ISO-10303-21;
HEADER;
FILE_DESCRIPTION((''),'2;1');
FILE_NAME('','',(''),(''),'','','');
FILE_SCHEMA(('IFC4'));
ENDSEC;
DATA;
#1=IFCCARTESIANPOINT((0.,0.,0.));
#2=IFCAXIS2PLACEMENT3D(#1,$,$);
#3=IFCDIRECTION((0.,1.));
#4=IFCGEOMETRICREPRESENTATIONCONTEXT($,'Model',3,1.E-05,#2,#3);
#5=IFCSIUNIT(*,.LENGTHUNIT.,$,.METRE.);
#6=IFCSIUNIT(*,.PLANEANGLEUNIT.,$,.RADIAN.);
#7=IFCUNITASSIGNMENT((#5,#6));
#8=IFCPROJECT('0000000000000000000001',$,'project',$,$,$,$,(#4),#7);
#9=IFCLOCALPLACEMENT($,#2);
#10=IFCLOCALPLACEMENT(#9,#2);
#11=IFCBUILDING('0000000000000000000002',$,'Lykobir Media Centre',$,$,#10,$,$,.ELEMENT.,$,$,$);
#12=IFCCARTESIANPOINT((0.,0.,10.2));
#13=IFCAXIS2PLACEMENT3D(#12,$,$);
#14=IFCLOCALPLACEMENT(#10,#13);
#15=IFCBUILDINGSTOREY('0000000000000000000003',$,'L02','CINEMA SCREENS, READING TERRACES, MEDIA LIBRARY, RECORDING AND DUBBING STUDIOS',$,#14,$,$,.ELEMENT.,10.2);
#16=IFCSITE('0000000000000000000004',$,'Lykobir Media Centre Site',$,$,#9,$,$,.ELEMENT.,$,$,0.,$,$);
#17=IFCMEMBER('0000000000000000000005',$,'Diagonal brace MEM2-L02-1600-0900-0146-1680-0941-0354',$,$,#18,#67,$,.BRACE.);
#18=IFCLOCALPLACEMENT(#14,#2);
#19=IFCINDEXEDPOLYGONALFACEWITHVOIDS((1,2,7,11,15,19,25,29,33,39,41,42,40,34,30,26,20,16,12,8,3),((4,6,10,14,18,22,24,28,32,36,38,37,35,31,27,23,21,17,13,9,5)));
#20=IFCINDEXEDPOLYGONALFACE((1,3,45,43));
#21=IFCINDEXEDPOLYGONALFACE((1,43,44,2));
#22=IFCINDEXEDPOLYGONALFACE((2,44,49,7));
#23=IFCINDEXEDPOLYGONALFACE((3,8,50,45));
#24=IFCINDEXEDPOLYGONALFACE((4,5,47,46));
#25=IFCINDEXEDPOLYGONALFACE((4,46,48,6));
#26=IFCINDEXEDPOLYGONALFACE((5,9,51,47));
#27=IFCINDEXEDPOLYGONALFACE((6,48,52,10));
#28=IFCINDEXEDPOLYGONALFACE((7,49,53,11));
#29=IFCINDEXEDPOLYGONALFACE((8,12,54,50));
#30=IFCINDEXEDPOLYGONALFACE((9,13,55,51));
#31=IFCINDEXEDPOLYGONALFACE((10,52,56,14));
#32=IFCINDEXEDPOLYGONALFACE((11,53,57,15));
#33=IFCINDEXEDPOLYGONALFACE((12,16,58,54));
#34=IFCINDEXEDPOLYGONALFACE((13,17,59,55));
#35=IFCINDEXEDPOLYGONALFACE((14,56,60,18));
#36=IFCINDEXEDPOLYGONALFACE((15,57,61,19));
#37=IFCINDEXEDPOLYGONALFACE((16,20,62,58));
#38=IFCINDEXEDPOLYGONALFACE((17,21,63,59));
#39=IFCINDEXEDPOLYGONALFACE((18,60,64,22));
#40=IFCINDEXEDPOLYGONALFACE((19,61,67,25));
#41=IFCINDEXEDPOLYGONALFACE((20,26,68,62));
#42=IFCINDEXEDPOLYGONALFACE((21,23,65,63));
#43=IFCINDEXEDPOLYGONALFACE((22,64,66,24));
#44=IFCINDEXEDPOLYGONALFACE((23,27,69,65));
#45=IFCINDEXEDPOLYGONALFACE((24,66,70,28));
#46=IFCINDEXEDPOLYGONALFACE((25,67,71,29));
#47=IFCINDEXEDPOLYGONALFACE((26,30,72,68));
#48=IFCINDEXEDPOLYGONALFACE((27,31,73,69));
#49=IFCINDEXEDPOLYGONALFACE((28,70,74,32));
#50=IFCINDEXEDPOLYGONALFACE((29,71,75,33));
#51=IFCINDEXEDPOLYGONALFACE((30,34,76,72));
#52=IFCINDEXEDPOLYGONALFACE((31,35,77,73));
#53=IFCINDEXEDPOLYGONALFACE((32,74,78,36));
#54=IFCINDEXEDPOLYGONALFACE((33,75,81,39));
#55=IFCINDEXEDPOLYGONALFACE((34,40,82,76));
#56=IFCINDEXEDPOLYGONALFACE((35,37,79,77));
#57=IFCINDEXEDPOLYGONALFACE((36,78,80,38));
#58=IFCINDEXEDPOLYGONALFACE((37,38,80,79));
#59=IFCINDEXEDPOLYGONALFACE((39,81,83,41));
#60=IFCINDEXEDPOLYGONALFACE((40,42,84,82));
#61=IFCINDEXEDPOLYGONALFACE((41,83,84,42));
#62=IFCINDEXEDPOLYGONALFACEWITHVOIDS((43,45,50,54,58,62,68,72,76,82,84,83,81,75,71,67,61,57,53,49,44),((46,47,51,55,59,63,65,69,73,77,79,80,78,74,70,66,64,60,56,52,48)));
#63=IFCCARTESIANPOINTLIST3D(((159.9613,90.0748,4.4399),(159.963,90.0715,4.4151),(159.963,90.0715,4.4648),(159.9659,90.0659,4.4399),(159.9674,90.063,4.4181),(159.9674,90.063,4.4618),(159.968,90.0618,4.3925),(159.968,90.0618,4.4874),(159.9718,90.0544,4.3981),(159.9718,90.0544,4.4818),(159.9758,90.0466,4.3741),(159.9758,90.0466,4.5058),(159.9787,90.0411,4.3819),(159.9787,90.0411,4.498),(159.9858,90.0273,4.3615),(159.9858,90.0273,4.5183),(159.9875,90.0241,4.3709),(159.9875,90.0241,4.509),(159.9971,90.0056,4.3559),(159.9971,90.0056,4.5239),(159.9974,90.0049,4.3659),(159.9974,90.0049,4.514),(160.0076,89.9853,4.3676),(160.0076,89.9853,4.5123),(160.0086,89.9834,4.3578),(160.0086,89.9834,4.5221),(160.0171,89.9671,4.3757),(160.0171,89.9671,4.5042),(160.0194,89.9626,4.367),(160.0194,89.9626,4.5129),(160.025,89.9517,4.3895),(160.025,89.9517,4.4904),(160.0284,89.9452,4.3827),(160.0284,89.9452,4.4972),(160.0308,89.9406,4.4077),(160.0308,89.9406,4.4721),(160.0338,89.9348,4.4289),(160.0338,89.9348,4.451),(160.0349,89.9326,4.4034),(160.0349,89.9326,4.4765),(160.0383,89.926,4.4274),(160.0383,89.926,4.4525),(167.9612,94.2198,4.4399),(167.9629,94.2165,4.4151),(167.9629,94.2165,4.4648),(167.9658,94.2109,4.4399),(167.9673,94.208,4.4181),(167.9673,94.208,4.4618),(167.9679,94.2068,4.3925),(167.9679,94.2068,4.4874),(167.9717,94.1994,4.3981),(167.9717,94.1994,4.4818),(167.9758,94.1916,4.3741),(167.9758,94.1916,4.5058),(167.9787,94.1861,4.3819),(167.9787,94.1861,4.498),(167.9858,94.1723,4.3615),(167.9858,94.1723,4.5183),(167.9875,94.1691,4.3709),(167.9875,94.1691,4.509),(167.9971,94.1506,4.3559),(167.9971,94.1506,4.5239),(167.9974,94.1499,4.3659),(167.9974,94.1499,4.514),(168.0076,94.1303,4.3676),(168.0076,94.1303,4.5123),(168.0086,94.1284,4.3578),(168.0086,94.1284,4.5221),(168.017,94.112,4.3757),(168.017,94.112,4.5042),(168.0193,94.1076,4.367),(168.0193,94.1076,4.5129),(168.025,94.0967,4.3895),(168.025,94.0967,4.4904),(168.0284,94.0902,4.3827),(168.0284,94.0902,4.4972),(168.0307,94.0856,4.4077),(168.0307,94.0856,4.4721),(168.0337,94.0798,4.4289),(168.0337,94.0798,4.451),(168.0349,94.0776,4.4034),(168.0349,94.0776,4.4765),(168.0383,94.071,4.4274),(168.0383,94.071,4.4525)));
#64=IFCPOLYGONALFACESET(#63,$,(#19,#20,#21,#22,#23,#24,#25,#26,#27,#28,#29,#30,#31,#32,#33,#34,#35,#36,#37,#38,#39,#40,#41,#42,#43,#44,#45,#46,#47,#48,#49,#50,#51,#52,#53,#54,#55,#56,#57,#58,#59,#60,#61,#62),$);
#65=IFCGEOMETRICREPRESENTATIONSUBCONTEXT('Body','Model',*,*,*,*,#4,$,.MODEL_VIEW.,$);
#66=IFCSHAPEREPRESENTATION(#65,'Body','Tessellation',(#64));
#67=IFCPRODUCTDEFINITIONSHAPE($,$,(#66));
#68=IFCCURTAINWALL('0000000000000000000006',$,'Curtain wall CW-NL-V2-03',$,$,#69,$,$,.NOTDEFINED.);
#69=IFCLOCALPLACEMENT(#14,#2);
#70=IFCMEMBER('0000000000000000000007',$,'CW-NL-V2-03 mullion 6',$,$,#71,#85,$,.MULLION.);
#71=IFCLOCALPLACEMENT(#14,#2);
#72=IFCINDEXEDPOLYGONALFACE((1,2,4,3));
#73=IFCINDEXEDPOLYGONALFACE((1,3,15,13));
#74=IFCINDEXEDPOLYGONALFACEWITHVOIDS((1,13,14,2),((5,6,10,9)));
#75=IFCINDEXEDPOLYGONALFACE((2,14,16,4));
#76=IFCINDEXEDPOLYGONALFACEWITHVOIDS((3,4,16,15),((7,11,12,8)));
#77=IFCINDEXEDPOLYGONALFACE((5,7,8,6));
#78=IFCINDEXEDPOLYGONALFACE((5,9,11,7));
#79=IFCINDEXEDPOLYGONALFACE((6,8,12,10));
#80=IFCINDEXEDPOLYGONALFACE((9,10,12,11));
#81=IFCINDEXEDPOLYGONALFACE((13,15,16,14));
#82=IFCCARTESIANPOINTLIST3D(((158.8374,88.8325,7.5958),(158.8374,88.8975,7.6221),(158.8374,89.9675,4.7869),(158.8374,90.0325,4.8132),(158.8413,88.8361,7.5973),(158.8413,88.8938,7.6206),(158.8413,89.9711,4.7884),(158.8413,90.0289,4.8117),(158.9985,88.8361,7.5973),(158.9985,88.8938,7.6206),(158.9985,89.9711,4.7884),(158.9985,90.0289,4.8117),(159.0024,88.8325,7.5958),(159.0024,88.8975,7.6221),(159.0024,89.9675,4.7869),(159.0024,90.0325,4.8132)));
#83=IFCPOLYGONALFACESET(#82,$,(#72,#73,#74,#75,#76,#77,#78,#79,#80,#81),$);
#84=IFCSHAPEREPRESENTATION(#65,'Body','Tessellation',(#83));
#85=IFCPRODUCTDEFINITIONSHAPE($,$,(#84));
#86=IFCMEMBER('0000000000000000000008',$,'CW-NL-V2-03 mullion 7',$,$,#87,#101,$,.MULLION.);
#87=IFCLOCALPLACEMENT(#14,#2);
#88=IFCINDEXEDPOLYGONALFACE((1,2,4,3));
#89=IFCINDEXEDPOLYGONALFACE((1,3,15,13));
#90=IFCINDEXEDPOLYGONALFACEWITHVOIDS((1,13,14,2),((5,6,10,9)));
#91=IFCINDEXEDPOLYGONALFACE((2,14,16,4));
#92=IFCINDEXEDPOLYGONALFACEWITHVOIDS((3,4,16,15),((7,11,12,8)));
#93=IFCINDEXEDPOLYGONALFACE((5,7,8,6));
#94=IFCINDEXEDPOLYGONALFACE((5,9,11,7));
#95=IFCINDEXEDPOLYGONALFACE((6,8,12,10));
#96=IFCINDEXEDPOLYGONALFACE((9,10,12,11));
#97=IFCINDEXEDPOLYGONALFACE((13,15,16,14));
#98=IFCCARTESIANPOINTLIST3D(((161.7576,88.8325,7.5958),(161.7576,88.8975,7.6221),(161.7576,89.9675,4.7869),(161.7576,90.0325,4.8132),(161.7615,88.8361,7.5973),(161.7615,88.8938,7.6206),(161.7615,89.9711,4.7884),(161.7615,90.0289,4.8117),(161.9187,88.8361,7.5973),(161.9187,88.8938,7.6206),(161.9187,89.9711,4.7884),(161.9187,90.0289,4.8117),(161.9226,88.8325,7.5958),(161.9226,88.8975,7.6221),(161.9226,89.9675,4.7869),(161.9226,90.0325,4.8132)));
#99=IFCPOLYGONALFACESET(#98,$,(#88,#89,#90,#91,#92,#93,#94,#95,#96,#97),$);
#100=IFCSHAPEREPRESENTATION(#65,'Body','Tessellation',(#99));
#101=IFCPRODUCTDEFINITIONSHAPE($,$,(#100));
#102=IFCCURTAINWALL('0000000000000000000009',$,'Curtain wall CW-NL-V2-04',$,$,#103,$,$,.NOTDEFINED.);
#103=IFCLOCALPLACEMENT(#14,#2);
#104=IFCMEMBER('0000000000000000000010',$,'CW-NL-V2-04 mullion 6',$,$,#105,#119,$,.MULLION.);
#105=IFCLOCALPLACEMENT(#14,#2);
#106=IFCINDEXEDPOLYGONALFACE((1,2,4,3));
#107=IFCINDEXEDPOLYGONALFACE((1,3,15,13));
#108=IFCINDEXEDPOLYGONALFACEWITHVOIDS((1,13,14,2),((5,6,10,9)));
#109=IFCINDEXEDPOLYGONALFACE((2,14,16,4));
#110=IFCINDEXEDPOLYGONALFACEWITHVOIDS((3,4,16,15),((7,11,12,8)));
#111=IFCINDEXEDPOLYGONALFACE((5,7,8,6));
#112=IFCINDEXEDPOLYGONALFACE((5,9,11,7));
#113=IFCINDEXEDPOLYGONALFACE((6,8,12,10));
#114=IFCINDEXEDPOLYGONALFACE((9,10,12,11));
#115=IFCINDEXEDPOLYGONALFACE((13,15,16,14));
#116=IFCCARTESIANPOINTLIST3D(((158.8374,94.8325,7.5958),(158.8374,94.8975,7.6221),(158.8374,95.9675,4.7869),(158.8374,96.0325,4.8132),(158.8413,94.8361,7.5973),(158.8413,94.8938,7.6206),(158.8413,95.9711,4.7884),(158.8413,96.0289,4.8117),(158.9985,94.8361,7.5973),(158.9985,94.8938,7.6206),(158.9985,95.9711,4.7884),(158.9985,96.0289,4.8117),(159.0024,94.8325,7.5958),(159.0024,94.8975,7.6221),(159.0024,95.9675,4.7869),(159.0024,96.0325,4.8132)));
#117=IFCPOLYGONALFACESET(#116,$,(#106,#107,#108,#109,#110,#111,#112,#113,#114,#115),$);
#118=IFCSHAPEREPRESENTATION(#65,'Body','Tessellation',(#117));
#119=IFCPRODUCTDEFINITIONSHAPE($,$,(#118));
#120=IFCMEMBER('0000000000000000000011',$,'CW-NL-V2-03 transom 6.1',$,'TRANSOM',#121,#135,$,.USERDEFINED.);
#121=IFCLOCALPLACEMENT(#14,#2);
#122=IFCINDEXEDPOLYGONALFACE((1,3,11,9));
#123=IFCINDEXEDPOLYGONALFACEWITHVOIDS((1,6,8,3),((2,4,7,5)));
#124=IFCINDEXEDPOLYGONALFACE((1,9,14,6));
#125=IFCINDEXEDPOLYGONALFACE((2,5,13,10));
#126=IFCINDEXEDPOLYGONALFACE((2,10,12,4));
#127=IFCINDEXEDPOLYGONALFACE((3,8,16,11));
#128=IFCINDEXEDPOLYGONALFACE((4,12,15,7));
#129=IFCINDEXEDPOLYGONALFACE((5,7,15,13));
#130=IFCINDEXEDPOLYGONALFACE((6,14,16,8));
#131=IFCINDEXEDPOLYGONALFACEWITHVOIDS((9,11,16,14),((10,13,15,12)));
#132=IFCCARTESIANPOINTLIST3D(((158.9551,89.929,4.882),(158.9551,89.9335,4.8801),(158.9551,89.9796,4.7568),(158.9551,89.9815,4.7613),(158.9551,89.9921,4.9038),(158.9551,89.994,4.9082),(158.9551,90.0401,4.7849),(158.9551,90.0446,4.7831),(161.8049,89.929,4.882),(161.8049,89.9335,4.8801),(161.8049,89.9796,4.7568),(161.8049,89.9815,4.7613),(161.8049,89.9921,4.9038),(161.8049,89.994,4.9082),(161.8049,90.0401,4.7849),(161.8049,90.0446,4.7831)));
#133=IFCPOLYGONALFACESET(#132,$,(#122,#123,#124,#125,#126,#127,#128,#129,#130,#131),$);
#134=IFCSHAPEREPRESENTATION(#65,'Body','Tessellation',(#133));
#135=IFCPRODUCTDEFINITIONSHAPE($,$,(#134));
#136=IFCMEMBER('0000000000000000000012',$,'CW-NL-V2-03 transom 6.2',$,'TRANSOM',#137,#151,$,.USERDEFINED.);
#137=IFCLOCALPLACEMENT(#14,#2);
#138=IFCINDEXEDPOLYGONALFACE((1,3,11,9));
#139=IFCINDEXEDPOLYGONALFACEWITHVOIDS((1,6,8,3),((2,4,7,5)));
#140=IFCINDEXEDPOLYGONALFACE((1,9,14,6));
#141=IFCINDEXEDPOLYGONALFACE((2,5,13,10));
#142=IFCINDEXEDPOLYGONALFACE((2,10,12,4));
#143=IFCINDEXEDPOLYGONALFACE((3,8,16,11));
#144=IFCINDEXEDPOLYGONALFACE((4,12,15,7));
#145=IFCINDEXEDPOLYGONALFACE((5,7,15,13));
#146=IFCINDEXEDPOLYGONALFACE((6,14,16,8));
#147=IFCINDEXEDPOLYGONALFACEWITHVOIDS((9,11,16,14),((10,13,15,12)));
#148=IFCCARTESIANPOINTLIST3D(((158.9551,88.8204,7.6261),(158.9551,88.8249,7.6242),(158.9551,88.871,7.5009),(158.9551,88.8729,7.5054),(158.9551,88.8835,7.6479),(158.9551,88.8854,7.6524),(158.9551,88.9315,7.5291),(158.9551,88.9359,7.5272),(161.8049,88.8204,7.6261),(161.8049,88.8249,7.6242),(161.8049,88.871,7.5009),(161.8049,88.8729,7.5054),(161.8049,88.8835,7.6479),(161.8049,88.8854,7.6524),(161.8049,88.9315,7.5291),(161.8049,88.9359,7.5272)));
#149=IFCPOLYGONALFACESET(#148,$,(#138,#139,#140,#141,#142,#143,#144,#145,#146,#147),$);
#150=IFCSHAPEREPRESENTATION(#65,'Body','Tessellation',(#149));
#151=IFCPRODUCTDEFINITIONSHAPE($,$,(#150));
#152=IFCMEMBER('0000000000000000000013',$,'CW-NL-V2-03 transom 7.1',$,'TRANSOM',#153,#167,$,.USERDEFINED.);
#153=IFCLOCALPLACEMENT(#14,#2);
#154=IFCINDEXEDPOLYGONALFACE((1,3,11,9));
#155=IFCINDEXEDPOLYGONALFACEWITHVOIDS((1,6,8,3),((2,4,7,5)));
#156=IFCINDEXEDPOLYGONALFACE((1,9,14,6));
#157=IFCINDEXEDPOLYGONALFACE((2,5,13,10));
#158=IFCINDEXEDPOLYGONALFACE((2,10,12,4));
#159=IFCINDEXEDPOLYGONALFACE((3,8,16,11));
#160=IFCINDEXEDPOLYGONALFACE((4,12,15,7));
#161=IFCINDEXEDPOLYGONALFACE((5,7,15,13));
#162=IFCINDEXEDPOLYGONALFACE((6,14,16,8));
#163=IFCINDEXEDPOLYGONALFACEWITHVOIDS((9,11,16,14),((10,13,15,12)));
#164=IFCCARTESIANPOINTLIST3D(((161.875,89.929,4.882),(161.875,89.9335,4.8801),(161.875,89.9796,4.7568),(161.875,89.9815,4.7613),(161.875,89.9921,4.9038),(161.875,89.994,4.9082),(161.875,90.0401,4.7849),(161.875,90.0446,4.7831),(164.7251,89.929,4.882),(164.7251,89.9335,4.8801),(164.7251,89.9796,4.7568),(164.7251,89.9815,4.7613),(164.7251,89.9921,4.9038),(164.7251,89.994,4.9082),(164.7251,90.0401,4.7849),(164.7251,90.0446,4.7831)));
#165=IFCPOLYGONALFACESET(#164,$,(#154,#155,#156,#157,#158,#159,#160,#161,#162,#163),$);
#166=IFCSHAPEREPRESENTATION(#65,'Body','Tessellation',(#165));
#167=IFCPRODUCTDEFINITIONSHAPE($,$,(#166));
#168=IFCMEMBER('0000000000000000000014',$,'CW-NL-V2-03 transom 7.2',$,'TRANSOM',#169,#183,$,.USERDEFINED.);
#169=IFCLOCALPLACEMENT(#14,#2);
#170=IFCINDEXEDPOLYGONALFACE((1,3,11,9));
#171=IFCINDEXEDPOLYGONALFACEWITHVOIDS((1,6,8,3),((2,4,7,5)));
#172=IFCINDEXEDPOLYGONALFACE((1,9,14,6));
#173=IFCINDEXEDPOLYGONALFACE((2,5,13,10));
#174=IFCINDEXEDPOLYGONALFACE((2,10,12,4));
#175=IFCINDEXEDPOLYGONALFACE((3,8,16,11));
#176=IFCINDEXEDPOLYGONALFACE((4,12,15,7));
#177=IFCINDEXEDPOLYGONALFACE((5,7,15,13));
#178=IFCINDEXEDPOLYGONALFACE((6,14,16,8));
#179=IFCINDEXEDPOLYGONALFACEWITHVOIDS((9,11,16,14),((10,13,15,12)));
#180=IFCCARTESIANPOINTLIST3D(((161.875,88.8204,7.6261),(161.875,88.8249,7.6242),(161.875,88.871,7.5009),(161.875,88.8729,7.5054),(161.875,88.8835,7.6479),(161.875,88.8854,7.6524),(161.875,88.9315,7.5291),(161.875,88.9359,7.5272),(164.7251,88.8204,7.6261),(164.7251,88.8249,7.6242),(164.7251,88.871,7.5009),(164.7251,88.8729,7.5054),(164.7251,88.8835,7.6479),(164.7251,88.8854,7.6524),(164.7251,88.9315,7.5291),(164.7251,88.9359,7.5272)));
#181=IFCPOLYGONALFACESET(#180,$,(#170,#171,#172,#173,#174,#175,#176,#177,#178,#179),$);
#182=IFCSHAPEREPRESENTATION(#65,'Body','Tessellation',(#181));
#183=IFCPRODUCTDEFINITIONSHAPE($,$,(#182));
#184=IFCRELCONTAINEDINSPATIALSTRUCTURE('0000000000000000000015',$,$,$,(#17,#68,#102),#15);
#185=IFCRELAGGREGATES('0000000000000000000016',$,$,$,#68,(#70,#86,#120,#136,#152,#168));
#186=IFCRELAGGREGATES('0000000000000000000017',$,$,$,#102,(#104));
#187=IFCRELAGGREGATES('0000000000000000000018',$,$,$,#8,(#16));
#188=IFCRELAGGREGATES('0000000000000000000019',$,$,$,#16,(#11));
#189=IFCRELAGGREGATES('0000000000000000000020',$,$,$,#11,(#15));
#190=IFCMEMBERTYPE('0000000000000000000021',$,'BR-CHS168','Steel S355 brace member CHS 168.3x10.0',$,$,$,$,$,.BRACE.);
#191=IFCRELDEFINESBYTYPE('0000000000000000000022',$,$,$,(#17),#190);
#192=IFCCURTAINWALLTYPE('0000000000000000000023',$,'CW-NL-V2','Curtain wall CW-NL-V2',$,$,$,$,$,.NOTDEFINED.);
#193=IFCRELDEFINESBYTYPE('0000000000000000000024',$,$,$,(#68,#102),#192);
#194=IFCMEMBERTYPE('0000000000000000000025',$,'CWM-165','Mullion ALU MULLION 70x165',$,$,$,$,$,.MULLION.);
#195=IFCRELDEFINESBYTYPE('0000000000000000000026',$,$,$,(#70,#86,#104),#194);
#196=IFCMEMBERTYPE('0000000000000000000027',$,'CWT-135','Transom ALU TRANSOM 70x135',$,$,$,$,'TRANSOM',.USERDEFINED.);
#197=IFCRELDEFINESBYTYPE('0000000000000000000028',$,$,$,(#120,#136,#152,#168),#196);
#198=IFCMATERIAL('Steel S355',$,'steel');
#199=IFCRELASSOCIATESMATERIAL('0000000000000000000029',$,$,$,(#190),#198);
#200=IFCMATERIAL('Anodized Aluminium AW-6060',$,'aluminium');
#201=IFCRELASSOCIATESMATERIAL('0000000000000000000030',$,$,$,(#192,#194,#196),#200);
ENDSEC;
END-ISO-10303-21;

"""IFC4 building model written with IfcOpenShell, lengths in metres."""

from ifc_helpers import new_model, si_unit, direction, frame, origin, origin_2d, place, context, subcontext, project, spatial, hollow_rectangle, hollow_circle, extrude, material, material_profile, profile_set, type_object, element, aggregate, save


model = new_model("IFC4")

# Units and contexts
model_context = context("Model", 3, precision=1e-05, world=origin(), true_north=direction((0.0, 1.0)))
body_context = subcontext(model_context, "Body", "Model", "MODEL_VIEW")
ifc_project = project(units=[si_unit("LENGTHUNIT", "METRE"), si_unit("PLANEANGLEUNIT", "RADIAN")], contexts=[model_context])

# Site, building, storey
site_placement = place(None, origin())
site = spatial("IfcSite", under=ifc_project, at=site_placement, Name="Lykobir Media Centre Site", CompositionType="ELEMENT", RefElevation=0.0)
building_placement = place(site_placement, origin())
building = spatial("IfcBuilding", under=site, at=building_placement, Name="Lykobir Media Centre", CompositionType="ELEMENT")
storey_placement = place(building_placement, frame((0.0, 0.0, 10.2)))
storey = spatial("IfcBuildingStorey", under=building, at=storey_placement, Name="L02", Description="CINEMA SCREENS, READING TERRACES, MEDIA LIBRARY, RECORDING AND DUBBING STUDIOS", CompositionType="ELEMENT", Elevation=10.2)

# Member
ifc_material_1 = material(Name="Steel S355", Category="steel")
ifc_material_profile_1 = material_profile(ifc_material_1, hollow_circle(Radius=0.0842, WallThickness=0.01, at=origin_2d()), Name="CHS 168.3x10.0")
ifc_profile_set_1 = profile_set([ifc_material_profile_1], Name="Steel S355")
member_type_1 = type_object("IfcMemberType", Name="BR-CHS168", Description="Steel S355 brace member CHS 168.3x10.0", PredefinedType="BRACE", material=ifc_profile_set_1)
member_1_placement = place(storey_placement, frame((160.0, 90.0, 4.4399), z_axis=(0.887896, 0.460043, 0.0), x_axis=(-0.460043, 0.887896, 0.0)))
element("IfcMember", 1, at=member_1_placement, inside=storey, type_object=member_type_1, Name="Diagonal brace MEM2-L02-1600-0900-0146-1680-0941-0354", PredefinedType="BRACE", context=body_context, shape_type="SweptSolid", body=[
    extrude(hollow_circle(Radius=0.0842, WallThickness=0.01, at=origin_2d()), origin(), (0.0, 0.0, 1.0), 9.01),
])

# Curtain wall, members
ifc_material_2 = material(Name="Anodized Aluminium AW-6060", Category="aluminium")
curtain_wall_type = type_object("IfcCurtainWallType", Name="CW-NL-V2", Description="Curtain wall CW-NL-V2", PredefinedType="NOTDEFINED", material=ifc_material_2)
curtain_wall_1_placement = place(storey_placement, origin())
curtain_wall_1 = element("IfcCurtainWall", 2, at=curtain_wall_1_placement, inside=storey, type_object=curtain_wall_type, Name="Curtain wall CW-NL-V2-03", PredefinedType="NOTDEFINED")
ifc_material_profile_2 = material_profile(ifc_material_2, hollow_rectangle(XDim=0.0701, YDim=0.165, WallThickness=0.0039, at=origin_2d()), Name="ALU MULLION 70x165")
ifc_profile_set_2 = profile_set([ifc_material_profile_2], Name="Anodized Aluminium AW-6060")
member_type_2 = type_object("IfcMemberType", Name="CWM-165", Description="Mullion ALU MULLION 70x165", PredefinedType="MULLION", material=ifc_profile_set_2)
member_2_placement = place(storey_placement, frame((158.9199, 90.0, 4.8), z_axis=(0.0, -0.374654, 0.927165), x_axis=(0.0, 0.927165, 0.374654)))
member_2 = element("IfcMember", 3, at=member_2_placement, type_object=member_type_2, Name="CW-NL-V2-03 mullion 6", PredefinedType="MULLION", context=body_context, shape_type="SweptSolid", body=[
    extrude(hollow_rectangle(XDim=0.0701, YDim=0.165, WallThickness=0.0039, at=origin_2d()), origin(), (0.0, 0.0, 1.0), 3.0295),
])
member_3_placement = place(storey_placement, frame((161.8401, 90.0, 4.8), z_axis=(0.0, -0.374654, 0.927165), x_axis=(0.0, 0.927165, 0.374654)))
member_3 = element("IfcMember", 4, at=member_3_placement, type_object=member_type_2, Name="CW-NL-V2-03 mullion 7", PredefinedType="MULLION", context=body_context, shape_type="SweptSolid", body=[
    extrude(hollow_rectangle(XDim=0.0701, YDim=0.165, WallThickness=0.0039, at=origin_2d()), origin(), (0.0, 0.0, 1.0), 3.0295),
])

# Curtain wall, member
curtain_wall_2_placement = place(storey_placement, origin())
curtain_wall_2 = element("IfcCurtainWall", 5, at=curtain_wall_2_placement, inside=storey, type_object=curtain_wall_type, Name="Curtain wall CW-NL-V2-04", PredefinedType="NOTDEFINED")
member_4_placement = place(storey_placement, frame((158.9199, 96.0, 4.8), z_axis=(0.0, -0.374654, 0.927165), x_axis=(0.0, 0.927165, 0.374654)))
member_4 = element("IfcMember", 6, at=member_4_placement, type_object=member_type_2, Name="CW-NL-V2-04 mullion 6", PredefinedType="MULLION", context=body_context, shape_type="SweptSolid", body=[
    extrude(hollow_rectangle(XDim=0.0701, YDim=0.165, WallThickness=0.0039, at=origin_2d()), origin(), (0.0, 0.0, 1.0), 3.0295),
])

# Members
ifc_material_profile_3 = material_profile(ifc_material_2, hollow_rectangle(XDim=0.0701, YDim=0.135, WallThickness=0.0034, at=origin_2d()), Name="ALU TRANSOM 70x135")
ifc_profile_set_3 = profile_set([ifc_material_profile_3], Name="Anodized Aluminium AW-6060")
member_type_3 = type_object("IfcMemberType", Name="CWT-135", Description="Transom ALU TRANSOM 70x135", ElementType="TRANSOM", PredefinedType="USERDEFINED", material=ifc_profile_set_3)
member_5_placement = place(storey_placement, frame((158.9551, 89.9868, 4.8325), z_axis=(1.0, 0.0, 0.0), x_axis=(0.0, 0.927184, 0.374607)))
member_5 = element("IfcMember", 7, at=member_5_placement, type_object=member_type_3, Name="CW-NL-V2-03 transom 6.1", ObjectType="TRANSOM", PredefinedType="USERDEFINED", context=body_context, shape_type="SweptSolid", body=[
    extrude(hollow_rectangle(XDim=0.0701, YDim=0.135, WallThickness=0.0034, at=origin_2d()), origin(), (0.0, 0.0, 1.0), 2.8499),
])
member_6_placement = place(storey_placement, frame((158.9551, 88.8782, 7.5767), z_axis=(1.0, 0.0, 0.0), x_axis=(0.0, 0.927184, 0.374607)))
member_6 = element("IfcMember", 8, at=member_6_placement, type_object=member_type_3, Name="CW-NL-V2-03 transom 6.2", ObjectType="TRANSOM", PredefinedType="USERDEFINED", context=body_context, shape_type="SweptSolid", body=[
    extrude(hollow_rectangle(XDim=0.0701, YDim=0.135, WallThickness=0.0034, at=origin_2d()), origin(), (0.0, 0.0, 1.0), 2.8499),
])
member_7_placement = place(storey_placement, frame((161.875, 89.9868, 4.8325), z_axis=(1.0, 0.0, 0.0), x_axis=(0.0, 0.927184, 0.374607)))
member_7 = element("IfcMember", 9, at=member_7_placement, type_object=member_type_3, Name="CW-NL-V2-03 transom 7.1", ObjectType="TRANSOM", PredefinedType="USERDEFINED", context=body_context, shape_type="SweptSolid", body=[
    extrude(hollow_rectangle(XDim=0.0701, YDim=0.135, WallThickness=0.0034, at=origin_2d()), origin(), (0.0, 0.0, 1.0), 2.8501),
])
member_8_placement = place(storey_placement, frame((161.875, 88.8782, 7.5767), z_axis=(1.0, 0.0, 0.0), x_axis=(0.0, 0.927184, 0.374607)))
member_8 = element("IfcMember", 10, at=member_8_placement, type_object=member_type_3, Name="CW-NL-V2-03 transom 7.2", ObjectType="TRANSOM", PredefinedType="USERDEFINED", context=body_context, shape_type="SweptSolid", body=[
    extrude(hollow_rectangle(XDim=0.0701, YDim=0.135, WallThickness=0.0034, at=origin_2d()), origin(), (0.0, 0.0, 1.0), 2.8501),
])

aggregate(curtain_wall_1, [member_2, member_3, member_5, member_6, member_7, member_8])
aggregate(curtain_wall_2, [member_4])

save(model, "model.ifc")
